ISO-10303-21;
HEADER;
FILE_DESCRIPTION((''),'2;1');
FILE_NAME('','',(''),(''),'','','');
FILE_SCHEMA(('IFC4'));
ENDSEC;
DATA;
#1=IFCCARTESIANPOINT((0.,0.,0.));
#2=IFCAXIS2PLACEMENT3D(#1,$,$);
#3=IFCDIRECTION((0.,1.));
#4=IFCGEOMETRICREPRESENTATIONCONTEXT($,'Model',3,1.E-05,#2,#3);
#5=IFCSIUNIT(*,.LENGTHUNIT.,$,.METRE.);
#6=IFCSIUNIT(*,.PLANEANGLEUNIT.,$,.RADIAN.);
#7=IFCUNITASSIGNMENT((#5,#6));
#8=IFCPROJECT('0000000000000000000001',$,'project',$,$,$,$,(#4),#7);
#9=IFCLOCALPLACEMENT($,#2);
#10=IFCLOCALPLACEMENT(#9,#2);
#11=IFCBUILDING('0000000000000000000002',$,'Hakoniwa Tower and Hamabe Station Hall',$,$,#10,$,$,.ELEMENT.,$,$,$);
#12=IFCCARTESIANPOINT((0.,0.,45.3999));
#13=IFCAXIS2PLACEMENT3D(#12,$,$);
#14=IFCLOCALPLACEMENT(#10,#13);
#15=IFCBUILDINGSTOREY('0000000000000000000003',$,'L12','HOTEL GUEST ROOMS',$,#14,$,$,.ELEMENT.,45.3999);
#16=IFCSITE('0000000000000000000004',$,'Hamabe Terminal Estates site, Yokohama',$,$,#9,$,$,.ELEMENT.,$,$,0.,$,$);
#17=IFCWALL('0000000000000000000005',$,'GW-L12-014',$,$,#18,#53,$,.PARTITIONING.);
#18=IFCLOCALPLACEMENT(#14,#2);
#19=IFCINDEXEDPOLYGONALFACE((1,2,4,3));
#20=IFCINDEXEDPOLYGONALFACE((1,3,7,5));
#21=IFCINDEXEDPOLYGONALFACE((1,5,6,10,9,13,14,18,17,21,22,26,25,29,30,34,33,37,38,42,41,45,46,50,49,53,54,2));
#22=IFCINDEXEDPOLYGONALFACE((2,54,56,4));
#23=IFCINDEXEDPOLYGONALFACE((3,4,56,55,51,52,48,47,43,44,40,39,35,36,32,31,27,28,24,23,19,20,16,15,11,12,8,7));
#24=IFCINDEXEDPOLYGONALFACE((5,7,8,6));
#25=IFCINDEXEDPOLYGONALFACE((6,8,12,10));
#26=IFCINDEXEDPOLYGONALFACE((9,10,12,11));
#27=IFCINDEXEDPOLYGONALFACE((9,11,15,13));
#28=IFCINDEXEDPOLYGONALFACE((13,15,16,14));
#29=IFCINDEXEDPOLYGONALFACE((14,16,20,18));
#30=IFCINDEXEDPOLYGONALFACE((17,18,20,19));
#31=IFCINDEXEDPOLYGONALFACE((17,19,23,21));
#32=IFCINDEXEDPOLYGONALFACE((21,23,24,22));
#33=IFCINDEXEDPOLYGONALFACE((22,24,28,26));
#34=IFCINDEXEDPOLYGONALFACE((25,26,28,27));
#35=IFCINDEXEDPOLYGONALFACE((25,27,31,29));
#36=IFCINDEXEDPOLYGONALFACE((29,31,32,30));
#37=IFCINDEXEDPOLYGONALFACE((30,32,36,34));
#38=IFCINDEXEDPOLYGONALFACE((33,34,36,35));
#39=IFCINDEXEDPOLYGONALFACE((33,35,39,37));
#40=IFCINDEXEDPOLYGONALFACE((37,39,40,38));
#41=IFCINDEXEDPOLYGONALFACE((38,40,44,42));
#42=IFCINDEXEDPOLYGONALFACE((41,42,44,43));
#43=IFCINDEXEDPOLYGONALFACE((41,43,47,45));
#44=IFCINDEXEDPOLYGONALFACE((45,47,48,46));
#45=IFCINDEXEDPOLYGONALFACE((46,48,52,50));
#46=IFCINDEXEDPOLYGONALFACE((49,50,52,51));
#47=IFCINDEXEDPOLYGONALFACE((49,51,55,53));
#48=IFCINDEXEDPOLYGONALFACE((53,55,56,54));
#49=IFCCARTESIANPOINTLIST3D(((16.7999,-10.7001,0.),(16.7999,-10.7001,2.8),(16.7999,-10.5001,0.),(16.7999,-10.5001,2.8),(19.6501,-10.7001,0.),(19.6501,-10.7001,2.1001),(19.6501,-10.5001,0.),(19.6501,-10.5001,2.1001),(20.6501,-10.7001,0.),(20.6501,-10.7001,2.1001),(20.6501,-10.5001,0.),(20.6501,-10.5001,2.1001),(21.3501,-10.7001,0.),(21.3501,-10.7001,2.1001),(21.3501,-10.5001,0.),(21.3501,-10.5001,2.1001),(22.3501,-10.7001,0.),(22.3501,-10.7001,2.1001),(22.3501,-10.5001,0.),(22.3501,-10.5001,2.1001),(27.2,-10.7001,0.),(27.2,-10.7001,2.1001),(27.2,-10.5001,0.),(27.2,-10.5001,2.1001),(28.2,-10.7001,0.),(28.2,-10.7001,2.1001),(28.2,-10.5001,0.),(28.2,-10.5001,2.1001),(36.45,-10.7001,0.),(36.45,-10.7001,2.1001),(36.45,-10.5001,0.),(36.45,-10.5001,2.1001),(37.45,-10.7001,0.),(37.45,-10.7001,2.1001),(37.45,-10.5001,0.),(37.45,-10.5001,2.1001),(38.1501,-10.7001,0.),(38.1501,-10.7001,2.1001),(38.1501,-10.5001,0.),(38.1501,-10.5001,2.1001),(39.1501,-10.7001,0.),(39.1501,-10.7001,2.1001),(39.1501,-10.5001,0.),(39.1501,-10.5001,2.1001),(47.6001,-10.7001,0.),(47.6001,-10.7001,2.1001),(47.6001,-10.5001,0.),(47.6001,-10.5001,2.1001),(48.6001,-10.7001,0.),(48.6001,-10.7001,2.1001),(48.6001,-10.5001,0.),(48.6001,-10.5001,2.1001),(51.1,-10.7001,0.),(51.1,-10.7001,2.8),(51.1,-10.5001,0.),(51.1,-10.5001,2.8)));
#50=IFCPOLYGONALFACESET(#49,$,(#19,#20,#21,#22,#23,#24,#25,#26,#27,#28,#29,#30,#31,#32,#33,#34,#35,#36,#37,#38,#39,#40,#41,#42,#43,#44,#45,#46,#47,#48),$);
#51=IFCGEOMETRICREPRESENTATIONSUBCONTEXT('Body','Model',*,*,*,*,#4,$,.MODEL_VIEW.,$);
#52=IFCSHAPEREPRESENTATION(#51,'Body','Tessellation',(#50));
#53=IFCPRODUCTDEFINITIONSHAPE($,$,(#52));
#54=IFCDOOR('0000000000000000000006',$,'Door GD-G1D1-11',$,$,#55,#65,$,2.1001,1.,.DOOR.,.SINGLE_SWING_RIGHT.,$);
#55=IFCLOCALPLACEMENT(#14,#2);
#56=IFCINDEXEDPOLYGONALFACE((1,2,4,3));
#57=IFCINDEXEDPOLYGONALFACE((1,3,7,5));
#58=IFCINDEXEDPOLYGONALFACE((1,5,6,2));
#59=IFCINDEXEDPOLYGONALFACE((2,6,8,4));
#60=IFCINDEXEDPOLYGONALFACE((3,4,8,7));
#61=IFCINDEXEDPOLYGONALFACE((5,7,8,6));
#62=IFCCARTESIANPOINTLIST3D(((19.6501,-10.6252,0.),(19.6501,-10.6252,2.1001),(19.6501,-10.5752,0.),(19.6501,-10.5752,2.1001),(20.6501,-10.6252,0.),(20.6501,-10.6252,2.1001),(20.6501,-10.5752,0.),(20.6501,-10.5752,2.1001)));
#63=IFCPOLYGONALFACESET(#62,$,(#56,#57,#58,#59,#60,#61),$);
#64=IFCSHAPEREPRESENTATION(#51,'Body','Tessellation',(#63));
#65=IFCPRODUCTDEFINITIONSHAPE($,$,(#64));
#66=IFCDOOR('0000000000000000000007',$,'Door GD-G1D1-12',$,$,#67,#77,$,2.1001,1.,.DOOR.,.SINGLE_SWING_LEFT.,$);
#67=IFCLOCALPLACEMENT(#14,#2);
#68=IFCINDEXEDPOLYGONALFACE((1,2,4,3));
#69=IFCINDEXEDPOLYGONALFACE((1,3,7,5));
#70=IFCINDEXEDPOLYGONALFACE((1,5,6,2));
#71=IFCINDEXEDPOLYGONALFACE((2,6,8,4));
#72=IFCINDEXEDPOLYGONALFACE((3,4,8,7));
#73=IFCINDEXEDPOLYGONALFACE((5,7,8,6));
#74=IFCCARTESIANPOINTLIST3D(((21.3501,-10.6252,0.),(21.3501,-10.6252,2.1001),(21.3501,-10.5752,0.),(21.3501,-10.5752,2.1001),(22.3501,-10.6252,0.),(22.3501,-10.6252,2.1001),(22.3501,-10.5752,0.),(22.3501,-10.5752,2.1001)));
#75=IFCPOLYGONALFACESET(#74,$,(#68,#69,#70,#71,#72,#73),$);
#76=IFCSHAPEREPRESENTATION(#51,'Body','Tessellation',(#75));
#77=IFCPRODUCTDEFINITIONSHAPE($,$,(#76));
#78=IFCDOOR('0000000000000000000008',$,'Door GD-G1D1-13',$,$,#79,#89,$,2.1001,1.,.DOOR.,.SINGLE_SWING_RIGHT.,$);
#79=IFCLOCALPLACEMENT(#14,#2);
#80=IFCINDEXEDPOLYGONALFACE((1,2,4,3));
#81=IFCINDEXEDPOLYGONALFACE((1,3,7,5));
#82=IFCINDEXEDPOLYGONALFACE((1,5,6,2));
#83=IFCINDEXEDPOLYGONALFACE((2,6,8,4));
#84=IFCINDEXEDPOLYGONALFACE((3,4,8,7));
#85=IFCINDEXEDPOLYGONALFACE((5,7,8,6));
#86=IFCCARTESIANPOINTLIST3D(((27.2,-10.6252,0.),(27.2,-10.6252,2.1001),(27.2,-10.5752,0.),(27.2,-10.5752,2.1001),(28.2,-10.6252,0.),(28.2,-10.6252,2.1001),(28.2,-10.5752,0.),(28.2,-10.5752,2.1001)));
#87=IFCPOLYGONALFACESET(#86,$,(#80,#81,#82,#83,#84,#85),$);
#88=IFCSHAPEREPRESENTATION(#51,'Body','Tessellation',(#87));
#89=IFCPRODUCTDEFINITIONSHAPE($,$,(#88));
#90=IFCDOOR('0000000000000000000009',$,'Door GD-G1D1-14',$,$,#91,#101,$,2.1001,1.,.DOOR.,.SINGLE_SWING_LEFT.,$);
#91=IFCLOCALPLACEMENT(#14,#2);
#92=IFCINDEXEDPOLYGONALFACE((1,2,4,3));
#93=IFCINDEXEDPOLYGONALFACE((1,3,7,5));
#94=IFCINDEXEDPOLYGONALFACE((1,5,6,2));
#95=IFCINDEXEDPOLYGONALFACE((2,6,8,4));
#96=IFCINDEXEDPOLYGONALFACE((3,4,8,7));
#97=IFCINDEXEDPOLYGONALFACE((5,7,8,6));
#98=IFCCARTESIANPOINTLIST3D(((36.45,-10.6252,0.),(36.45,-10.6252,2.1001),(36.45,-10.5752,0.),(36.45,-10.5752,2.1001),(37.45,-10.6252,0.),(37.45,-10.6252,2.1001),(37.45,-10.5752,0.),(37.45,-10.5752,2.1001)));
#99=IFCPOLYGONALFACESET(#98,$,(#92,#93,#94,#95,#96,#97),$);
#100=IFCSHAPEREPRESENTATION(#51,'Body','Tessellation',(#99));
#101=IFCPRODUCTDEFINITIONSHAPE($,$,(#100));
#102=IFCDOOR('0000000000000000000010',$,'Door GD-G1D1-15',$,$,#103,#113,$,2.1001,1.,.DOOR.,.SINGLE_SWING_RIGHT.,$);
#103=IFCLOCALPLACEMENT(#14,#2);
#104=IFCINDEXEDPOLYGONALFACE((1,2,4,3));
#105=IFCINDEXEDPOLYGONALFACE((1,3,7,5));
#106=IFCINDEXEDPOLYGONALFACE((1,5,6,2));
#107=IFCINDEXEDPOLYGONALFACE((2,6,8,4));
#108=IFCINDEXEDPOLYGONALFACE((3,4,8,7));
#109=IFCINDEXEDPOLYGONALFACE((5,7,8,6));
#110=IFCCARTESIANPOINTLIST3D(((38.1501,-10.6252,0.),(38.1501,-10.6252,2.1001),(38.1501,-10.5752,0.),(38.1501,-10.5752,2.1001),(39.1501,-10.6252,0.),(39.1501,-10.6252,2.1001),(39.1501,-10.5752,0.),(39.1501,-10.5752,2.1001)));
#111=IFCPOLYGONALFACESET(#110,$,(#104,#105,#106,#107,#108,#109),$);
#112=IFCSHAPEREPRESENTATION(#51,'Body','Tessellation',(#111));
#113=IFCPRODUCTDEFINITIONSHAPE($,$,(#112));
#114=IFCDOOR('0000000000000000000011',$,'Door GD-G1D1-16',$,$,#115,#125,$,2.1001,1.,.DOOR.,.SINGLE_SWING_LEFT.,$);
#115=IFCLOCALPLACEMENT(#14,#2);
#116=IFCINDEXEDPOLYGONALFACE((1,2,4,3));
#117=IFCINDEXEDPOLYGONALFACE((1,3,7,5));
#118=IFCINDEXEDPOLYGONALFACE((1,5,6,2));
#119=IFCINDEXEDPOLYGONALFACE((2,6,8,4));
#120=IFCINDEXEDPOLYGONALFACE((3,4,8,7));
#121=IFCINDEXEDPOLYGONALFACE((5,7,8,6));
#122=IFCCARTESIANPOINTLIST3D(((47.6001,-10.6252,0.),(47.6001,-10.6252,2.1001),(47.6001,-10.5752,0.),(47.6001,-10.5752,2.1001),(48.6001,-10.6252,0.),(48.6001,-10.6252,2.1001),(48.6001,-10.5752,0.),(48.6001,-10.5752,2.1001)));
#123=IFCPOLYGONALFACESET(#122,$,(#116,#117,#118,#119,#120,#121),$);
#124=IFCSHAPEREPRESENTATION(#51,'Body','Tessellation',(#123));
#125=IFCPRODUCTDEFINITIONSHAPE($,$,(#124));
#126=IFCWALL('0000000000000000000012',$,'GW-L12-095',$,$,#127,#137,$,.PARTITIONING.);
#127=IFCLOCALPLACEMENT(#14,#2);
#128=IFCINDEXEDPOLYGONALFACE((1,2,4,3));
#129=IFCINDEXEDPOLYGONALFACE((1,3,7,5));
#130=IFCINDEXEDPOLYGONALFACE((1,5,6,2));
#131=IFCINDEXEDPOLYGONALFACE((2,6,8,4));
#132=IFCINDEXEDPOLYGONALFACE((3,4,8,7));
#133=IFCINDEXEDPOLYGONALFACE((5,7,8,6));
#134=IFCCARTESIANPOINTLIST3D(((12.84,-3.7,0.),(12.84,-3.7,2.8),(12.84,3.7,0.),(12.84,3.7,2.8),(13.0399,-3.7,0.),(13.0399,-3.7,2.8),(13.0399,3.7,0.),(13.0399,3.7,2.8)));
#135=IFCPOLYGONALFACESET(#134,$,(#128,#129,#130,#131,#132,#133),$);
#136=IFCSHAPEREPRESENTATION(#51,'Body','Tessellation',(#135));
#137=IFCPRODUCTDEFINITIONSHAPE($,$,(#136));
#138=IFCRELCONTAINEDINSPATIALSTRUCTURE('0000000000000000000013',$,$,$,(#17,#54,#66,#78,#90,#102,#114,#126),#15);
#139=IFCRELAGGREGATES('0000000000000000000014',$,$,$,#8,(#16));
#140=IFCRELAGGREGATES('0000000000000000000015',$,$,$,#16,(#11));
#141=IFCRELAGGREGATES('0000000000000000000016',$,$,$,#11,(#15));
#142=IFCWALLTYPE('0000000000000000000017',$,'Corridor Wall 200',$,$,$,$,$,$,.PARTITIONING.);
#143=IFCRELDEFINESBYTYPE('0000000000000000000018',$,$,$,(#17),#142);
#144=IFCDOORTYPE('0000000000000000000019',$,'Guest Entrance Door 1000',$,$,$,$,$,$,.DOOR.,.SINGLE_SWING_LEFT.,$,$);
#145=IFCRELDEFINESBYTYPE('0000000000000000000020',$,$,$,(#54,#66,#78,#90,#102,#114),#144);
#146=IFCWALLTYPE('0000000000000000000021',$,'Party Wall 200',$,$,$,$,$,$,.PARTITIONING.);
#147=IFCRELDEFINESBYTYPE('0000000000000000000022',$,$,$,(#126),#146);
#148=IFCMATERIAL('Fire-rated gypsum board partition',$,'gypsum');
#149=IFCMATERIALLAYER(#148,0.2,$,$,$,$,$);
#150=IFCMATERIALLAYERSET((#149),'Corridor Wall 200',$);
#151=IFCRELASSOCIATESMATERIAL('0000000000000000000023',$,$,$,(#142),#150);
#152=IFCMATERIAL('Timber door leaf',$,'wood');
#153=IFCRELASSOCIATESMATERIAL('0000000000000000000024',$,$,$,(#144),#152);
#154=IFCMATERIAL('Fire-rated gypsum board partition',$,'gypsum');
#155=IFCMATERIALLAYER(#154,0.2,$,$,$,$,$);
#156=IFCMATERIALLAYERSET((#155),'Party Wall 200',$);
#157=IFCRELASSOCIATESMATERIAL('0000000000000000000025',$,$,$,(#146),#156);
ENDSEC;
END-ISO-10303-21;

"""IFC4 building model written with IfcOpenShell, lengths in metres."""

from ifc_helpers import new_model, si_unit, direction, frame, frame_2d, origin, place, context, subcontext, project, spatial, rectangle, extrude, material, layer, layer_set, type_object, element, fill, save


model = new_model("IFC4")

# Units and contexts
model_context = context("Model", 3, precision=1e-05, world=origin(), true_north=direction((0.0, 1.0)))
body_context = subcontext(model_context, "Body", "Model", "MODEL_VIEW")
ifc_project = project(units=[si_unit("LENGTHUNIT", "METRE"), si_unit("PLANEANGLEUNIT", "RADIAN")], contexts=[model_context])

# Site, building, storey
site_placement = place(None, origin())
site = spatial("IfcSite", under=ifc_project, at=site_placement, Name="Hamabe Terminal Estates site, Yokohama", CompositionType="ELEMENT", RefElevation=0.0)
building_placement = place(site_placement, origin())
building = spatial("IfcBuilding", under=site, at=building_placement, Name="Hakoniwa Tower and Hamabe Station Hall", CompositionType="ELEMENT")
storey_placement = place(building_placement, frame((0.0, 0.0, 45.3999)))
storey = spatial("IfcBuildingStorey", under=building, at=storey_placement, Name="L12", Description="HOTEL GUEST ROOMS", CompositionType="ELEMENT", Elevation=45.3999)

# Wall, openings, doors
ifc_material_1 = material(Name="Fire-rated gypsum board partition", Category="gypsum")
ifc_layer_1 = layer(ifc_material_1, 0.2)
ifc_layer_set_1 = layer_set([ifc_layer_1], Name="Corridor Wall 200")
wall_type_1 = type_object("IfcWallType", Name="Corridor Wall 200", PredefinedType="PARTITIONING", material=ifc_layer_set_1)
wall_1_placement = place(storey_placement, frame((16.8, -10.6001, 0.0), z_axis=(0.0, 0.0, 1.0), x_axis=(1.0, 0.0, 0.0)))
wall_1 = element("IfcWall", 1, at=wall_1_placement, inside=storey, type_object=wall_type_1, Name="GW-L12-014", PredefinedType="PARTITIONING", context=body_context, shape_type="SweptSolid", body=[
    extrude(rectangle(XDim=34.3, YDim=0.2, at=frame_2d((17.1499, 0.0))), origin(), (0.0, 0.0, 1.0), 2.8),
])
opening_1_placement = place(wall_1_placement, frame((2.8501, 0.0, 0.0)))
opening_1 = element("IfcOpeningElement", 2, at=opening_1_placement, cuts=wall_1, PredefinedType="OPENING", context=body_context, shape_type="SweptSolid", body=[
    extrude(rectangle(XDim=1.0, YDim=2.1001, at=frame_2d((0.5, 1.05))), frame((0.0, 0.1099, 0.0), z_axis=(0.0, -1.0, 0.0), x_axis=(1.0, 0.0, 0.0)), (0.0, 0.0, 1.0), 0.22),
])
opening_2_placement = place(wall_1_placement, frame((4.55, 0.0, 0.0)))
opening_2 = element("IfcOpeningElement", 3, at=opening_2_placement, cuts=wall_1, PredefinedType="OPENING", context=body_context, shape_type="SweptSolid", body=[
    extrude(rectangle(XDim=1.0, YDim=2.1001, at=frame_2d((0.5, 1.05))), frame((0.0, 0.1099, 0.0), z_axis=(0.0, -1.0, 0.0), x_axis=(1.0, 0.0, 0.0)), (0.0, 0.0, 1.0), 0.22),
])
opening_3_placement = place(wall_1_placement, frame((10.3999, 0.0, 0.0)))
opening_3 = element("IfcOpeningElement", 4, at=opening_3_placement, cuts=wall_1, PredefinedType="OPENING", context=body_context, shape_type="SweptSolid", body=[
    extrude(rectangle(XDim=1.0, YDim=2.1001, at=frame_2d((0.5, 1.05))), frame((0.0, 0.1099, 0.0), z_axis=(0.0, -1.0, 0.0), x_axis=(1.0, 0.0, 0.0)), (0.0, 0.0, 1.0), 0.22),
])
opening_4_placement = place(wall_1_placement, frame((19.6499, 0.0, 0.0)))
opening_4 = element("IfcOpeningElement", 5, at=opening_4_placement, cuts=wall_1, PredefinedType="OPENING", context=body_context, shape_type="SweptSolid", body=[
    extrude(rectangle(XDim=1.0, YDim=2.1001, at=frame_2d((0.5, 1.05))), frame((0.0, 0.1099, 0.0), z_axis=(0.0, -1.0, 0.0), x_axis=(1.0, 0.0, 0.0)), (0.0, 0.0, 1.0), 0.22),
])
opening_5_placement = place(wall_1_placement, frame((21.3501, 0.0, 0.0)))
opening_5 = element("IfcOpeningElement", 6, at=opening_5_placement, cuts=wall_1, PredefinedType="OPENING", context=body_context, shape_type="SweptSolid", body=[
    extrude(rectangle(XDim=1.0, YDim=2.1001, at=frame_2d((0.5, 1.05))), frame((0.0, 0.1099, 0.0), z_axis=(0.0, -1.0, 0.0), x_axis=(1.0, 0.0, 0.0)), (0.0, 0.0, 1.0), 0.22),
])
opening_6_placement = place(wall_1_placement, frame((30.8, 0.0, 0.0)))
opening_6 = element("IfcOpeningElement", 7, at=opening_6_placement, cuts=wall_1, PredefinedType="OPENING", context=body_context, shape_type="SweptSolid", body=[
    extrude(rectangle(XDim=1.0, YDim=2.1001, at=frame_2d((0.5, 1.05))), frame((0.0, 0.1099, 0.0), z_axis=(0.0, -1.0, 0.0), x_axis=(1.0, 0.0, 0.0)), (0.0, 0.0, 1.0), 0.22),
])
ifc_material_2 = material(Name="Timber door leaf", Category="wood")
door_type_1 = type_object("IfcDoorType", Name="Guest Entrance Door 1000", OperationType="SINGLE_SWING_LEFT", PredefinedType="DOOR", material=ifc_material_2)
door_1_placement = place(opening_1_placement, origin())
door_1 = element("IfcDoor", 8, at=door_1_placement, inside=storey, type_object=door_type_1, Name="Door GD-G1D1-11", OperationType="SINGLE_SWING_RIGHT", OverallHeight=2.1001, OverallWidth=1.0, PredefinedType="DOOR", context=body_context, shape_type="SweptSolid", body=[
    extrude(rectangle(XDim=1.0, YDim=2.1001, at=frame_2d((0.5, 1.05))), frame((0.0, 0.0249, 0.0), z_axis=(0.0, -1.0, 0.0), x_axis=(1.0, 0.0, 0.0)), (0.0, 0.0, 1.0), 0.05),
])
fill(opening_1, door_1)
door_2_placement = place(opening_2_placement, origin())
door_2 = element("IfcDoor", 9, at=door_2_placement, inside=storey, type_object=door_type_1, Name="Door GD-G1D1-12", OperationType="SINGLE_SWING_LEFT", OverallHeight=2.1001, OverallWidth=1.0, PredefinedType="DOOR", context=body_context, shape_type="SweptSolid", body=[
    extrude(rectangle(XDim=1.0, YDim=2.1001, at=frame_2d((0.5, 1.05))), frame((0.0, 0.0249, 0.0), z_axis=(0.0, -1.0, 0.0), x_axis=(1.0, 0.0, 0.0)), (0.0, 0.0, 1.0), 0.05),
])
fill(opening_2, door_2)
door_3_placement = place(opening_3_placement, origin())
door_3 = element("IfcDoor", 10, at=door_3_placement, inside=storey, type_object=door_type_1, Name="Door GD-G1D1-13", OperationType="SINGLE_SWING_RIGHT", OverallHeight=2.1001, OverallWidth=1.0, PredefinedType="DOOR", context=body_context, shape_type="SweptSolid", body=[
    extrude(rectangle(XDim=1.0, YDim=2.1001, at=frame_2d((0.5, 1.05))), frame((0.0, 0.0249, 0.0), z_axis=(0.0, -1.0, 0.0), x_axis=(1.0, 0.0, 0.0)), (0.0, 0.0, 1.0), 0.05),
])
fill(opening_3, door_3)
door_4_placement = place(opening_4_placement, origin())
door_4 = element("IfcDoor", 11, at=door_4_placement, inside=storey, type_object=door_type_1, Name="Door GD-G1D1-14", OperationType="SINGLE_SWING_LEFT", OverallHeight=2.1001, OverallWidth=1.0, PredefinedType="DOOR", context=body_context, shape_type="SweptSolid", body=[
    extrude(rectangle(XDim=1.0, YDim=2.1001, at=frame_2d((0.5, 1.05))), frame((0.0, 0.0249, 0.0), z_axis=(0.0, -1.0, 0.0), x_axis=(1.0, 0.0, 0.0)), (0.0, 0.0, 1.0), 0.05),
])
fill(opening_4, door_4)
door_5_placement = place(opening_5_placement, origin())
door_5 = element("IfcDoor", 12, at=door_5_placement, inside=storey, type_object=door_type_1, Name="Door GD-G1D1-15", OperationType="SINGLE_SWING_RIGHT", OverallHeight=2.1001, OverallWidth=1.0, PredefinedType="DOOR", context=body_context, shape_type="SweptSolid", body=[
    extrude(rectangle(XDim=1.0, YDim=2.1001, at=frame_2d((0.5, 1.05))), frame((0.0, 0.0249, 0.0), z_axis=(0.0, -1.0, 0.0), x_axis=(1.0, 0.0, 0.0)), (0.0, 0.0, 1.0), 0.05),
])
fill(opening_5, door_5)
door_6_placement = place(opening_6_placement, origin())
door_6 = element("IfcDoor", 13, at=door_6_placement, inside=storey, type_object=door_type_1, Name="Door GD-G1D1-16", OperationType="SINGLE_SWING_LEFT", OverallHeight=2.1001, OverallWidth=1.0, PredefinedType="DOOR", context=body_context, shape_type="SweptSolid", body=[
    extrude(rectangle(XDim=1.0, YDim=2.1001, at=frame_2d((0.5, 1.05))), frame((0.0, 0.0249, 0.0), z_axis=(0.0, -1.0, 0.0), x_axis=(1.0, 0.0, 0.0)), (0.0, 0.0, 1.0), 0.05),
])
fill(opening_6, door_6)

# Wall
ifc_material_3 = material(Name="Fire-rated gypsum board partition", Category="gypsum")
ifc_layer_2 = layer(ifc_material_3, 0.2)
ifc_layer_set_2 = layer_set([ifc_layer_2], Name="Party Wall 200")
wall_type_2 = type_object("IfcWallType", Name="Party Wall 200", PredefinedType="PARTITIONING", material=ifc_layer_set_2)
wall_2_placement = place(storey_placement, frame((12.9399, -3.7, 0.0), z_axis=(0.0, 0.0, 1.0), x_axis=(0.0, 1.0, 0.0)))
element("IfcWall", 14, at=wall_2_placement, inside=storey, type_object=wall_type_2, Name="GW-L12-095", PredefinedType="PARTITIONING", context=body_context, shape_type="SweptSolid", body=[
    extrude(rectangle(XDim=7.3999, YDim=0.2, at=frame_2d((3.7, 0.0))), origin(), (0.0, 0.0, 1.0), 2.8),
])

save(model, "model.ifc")
